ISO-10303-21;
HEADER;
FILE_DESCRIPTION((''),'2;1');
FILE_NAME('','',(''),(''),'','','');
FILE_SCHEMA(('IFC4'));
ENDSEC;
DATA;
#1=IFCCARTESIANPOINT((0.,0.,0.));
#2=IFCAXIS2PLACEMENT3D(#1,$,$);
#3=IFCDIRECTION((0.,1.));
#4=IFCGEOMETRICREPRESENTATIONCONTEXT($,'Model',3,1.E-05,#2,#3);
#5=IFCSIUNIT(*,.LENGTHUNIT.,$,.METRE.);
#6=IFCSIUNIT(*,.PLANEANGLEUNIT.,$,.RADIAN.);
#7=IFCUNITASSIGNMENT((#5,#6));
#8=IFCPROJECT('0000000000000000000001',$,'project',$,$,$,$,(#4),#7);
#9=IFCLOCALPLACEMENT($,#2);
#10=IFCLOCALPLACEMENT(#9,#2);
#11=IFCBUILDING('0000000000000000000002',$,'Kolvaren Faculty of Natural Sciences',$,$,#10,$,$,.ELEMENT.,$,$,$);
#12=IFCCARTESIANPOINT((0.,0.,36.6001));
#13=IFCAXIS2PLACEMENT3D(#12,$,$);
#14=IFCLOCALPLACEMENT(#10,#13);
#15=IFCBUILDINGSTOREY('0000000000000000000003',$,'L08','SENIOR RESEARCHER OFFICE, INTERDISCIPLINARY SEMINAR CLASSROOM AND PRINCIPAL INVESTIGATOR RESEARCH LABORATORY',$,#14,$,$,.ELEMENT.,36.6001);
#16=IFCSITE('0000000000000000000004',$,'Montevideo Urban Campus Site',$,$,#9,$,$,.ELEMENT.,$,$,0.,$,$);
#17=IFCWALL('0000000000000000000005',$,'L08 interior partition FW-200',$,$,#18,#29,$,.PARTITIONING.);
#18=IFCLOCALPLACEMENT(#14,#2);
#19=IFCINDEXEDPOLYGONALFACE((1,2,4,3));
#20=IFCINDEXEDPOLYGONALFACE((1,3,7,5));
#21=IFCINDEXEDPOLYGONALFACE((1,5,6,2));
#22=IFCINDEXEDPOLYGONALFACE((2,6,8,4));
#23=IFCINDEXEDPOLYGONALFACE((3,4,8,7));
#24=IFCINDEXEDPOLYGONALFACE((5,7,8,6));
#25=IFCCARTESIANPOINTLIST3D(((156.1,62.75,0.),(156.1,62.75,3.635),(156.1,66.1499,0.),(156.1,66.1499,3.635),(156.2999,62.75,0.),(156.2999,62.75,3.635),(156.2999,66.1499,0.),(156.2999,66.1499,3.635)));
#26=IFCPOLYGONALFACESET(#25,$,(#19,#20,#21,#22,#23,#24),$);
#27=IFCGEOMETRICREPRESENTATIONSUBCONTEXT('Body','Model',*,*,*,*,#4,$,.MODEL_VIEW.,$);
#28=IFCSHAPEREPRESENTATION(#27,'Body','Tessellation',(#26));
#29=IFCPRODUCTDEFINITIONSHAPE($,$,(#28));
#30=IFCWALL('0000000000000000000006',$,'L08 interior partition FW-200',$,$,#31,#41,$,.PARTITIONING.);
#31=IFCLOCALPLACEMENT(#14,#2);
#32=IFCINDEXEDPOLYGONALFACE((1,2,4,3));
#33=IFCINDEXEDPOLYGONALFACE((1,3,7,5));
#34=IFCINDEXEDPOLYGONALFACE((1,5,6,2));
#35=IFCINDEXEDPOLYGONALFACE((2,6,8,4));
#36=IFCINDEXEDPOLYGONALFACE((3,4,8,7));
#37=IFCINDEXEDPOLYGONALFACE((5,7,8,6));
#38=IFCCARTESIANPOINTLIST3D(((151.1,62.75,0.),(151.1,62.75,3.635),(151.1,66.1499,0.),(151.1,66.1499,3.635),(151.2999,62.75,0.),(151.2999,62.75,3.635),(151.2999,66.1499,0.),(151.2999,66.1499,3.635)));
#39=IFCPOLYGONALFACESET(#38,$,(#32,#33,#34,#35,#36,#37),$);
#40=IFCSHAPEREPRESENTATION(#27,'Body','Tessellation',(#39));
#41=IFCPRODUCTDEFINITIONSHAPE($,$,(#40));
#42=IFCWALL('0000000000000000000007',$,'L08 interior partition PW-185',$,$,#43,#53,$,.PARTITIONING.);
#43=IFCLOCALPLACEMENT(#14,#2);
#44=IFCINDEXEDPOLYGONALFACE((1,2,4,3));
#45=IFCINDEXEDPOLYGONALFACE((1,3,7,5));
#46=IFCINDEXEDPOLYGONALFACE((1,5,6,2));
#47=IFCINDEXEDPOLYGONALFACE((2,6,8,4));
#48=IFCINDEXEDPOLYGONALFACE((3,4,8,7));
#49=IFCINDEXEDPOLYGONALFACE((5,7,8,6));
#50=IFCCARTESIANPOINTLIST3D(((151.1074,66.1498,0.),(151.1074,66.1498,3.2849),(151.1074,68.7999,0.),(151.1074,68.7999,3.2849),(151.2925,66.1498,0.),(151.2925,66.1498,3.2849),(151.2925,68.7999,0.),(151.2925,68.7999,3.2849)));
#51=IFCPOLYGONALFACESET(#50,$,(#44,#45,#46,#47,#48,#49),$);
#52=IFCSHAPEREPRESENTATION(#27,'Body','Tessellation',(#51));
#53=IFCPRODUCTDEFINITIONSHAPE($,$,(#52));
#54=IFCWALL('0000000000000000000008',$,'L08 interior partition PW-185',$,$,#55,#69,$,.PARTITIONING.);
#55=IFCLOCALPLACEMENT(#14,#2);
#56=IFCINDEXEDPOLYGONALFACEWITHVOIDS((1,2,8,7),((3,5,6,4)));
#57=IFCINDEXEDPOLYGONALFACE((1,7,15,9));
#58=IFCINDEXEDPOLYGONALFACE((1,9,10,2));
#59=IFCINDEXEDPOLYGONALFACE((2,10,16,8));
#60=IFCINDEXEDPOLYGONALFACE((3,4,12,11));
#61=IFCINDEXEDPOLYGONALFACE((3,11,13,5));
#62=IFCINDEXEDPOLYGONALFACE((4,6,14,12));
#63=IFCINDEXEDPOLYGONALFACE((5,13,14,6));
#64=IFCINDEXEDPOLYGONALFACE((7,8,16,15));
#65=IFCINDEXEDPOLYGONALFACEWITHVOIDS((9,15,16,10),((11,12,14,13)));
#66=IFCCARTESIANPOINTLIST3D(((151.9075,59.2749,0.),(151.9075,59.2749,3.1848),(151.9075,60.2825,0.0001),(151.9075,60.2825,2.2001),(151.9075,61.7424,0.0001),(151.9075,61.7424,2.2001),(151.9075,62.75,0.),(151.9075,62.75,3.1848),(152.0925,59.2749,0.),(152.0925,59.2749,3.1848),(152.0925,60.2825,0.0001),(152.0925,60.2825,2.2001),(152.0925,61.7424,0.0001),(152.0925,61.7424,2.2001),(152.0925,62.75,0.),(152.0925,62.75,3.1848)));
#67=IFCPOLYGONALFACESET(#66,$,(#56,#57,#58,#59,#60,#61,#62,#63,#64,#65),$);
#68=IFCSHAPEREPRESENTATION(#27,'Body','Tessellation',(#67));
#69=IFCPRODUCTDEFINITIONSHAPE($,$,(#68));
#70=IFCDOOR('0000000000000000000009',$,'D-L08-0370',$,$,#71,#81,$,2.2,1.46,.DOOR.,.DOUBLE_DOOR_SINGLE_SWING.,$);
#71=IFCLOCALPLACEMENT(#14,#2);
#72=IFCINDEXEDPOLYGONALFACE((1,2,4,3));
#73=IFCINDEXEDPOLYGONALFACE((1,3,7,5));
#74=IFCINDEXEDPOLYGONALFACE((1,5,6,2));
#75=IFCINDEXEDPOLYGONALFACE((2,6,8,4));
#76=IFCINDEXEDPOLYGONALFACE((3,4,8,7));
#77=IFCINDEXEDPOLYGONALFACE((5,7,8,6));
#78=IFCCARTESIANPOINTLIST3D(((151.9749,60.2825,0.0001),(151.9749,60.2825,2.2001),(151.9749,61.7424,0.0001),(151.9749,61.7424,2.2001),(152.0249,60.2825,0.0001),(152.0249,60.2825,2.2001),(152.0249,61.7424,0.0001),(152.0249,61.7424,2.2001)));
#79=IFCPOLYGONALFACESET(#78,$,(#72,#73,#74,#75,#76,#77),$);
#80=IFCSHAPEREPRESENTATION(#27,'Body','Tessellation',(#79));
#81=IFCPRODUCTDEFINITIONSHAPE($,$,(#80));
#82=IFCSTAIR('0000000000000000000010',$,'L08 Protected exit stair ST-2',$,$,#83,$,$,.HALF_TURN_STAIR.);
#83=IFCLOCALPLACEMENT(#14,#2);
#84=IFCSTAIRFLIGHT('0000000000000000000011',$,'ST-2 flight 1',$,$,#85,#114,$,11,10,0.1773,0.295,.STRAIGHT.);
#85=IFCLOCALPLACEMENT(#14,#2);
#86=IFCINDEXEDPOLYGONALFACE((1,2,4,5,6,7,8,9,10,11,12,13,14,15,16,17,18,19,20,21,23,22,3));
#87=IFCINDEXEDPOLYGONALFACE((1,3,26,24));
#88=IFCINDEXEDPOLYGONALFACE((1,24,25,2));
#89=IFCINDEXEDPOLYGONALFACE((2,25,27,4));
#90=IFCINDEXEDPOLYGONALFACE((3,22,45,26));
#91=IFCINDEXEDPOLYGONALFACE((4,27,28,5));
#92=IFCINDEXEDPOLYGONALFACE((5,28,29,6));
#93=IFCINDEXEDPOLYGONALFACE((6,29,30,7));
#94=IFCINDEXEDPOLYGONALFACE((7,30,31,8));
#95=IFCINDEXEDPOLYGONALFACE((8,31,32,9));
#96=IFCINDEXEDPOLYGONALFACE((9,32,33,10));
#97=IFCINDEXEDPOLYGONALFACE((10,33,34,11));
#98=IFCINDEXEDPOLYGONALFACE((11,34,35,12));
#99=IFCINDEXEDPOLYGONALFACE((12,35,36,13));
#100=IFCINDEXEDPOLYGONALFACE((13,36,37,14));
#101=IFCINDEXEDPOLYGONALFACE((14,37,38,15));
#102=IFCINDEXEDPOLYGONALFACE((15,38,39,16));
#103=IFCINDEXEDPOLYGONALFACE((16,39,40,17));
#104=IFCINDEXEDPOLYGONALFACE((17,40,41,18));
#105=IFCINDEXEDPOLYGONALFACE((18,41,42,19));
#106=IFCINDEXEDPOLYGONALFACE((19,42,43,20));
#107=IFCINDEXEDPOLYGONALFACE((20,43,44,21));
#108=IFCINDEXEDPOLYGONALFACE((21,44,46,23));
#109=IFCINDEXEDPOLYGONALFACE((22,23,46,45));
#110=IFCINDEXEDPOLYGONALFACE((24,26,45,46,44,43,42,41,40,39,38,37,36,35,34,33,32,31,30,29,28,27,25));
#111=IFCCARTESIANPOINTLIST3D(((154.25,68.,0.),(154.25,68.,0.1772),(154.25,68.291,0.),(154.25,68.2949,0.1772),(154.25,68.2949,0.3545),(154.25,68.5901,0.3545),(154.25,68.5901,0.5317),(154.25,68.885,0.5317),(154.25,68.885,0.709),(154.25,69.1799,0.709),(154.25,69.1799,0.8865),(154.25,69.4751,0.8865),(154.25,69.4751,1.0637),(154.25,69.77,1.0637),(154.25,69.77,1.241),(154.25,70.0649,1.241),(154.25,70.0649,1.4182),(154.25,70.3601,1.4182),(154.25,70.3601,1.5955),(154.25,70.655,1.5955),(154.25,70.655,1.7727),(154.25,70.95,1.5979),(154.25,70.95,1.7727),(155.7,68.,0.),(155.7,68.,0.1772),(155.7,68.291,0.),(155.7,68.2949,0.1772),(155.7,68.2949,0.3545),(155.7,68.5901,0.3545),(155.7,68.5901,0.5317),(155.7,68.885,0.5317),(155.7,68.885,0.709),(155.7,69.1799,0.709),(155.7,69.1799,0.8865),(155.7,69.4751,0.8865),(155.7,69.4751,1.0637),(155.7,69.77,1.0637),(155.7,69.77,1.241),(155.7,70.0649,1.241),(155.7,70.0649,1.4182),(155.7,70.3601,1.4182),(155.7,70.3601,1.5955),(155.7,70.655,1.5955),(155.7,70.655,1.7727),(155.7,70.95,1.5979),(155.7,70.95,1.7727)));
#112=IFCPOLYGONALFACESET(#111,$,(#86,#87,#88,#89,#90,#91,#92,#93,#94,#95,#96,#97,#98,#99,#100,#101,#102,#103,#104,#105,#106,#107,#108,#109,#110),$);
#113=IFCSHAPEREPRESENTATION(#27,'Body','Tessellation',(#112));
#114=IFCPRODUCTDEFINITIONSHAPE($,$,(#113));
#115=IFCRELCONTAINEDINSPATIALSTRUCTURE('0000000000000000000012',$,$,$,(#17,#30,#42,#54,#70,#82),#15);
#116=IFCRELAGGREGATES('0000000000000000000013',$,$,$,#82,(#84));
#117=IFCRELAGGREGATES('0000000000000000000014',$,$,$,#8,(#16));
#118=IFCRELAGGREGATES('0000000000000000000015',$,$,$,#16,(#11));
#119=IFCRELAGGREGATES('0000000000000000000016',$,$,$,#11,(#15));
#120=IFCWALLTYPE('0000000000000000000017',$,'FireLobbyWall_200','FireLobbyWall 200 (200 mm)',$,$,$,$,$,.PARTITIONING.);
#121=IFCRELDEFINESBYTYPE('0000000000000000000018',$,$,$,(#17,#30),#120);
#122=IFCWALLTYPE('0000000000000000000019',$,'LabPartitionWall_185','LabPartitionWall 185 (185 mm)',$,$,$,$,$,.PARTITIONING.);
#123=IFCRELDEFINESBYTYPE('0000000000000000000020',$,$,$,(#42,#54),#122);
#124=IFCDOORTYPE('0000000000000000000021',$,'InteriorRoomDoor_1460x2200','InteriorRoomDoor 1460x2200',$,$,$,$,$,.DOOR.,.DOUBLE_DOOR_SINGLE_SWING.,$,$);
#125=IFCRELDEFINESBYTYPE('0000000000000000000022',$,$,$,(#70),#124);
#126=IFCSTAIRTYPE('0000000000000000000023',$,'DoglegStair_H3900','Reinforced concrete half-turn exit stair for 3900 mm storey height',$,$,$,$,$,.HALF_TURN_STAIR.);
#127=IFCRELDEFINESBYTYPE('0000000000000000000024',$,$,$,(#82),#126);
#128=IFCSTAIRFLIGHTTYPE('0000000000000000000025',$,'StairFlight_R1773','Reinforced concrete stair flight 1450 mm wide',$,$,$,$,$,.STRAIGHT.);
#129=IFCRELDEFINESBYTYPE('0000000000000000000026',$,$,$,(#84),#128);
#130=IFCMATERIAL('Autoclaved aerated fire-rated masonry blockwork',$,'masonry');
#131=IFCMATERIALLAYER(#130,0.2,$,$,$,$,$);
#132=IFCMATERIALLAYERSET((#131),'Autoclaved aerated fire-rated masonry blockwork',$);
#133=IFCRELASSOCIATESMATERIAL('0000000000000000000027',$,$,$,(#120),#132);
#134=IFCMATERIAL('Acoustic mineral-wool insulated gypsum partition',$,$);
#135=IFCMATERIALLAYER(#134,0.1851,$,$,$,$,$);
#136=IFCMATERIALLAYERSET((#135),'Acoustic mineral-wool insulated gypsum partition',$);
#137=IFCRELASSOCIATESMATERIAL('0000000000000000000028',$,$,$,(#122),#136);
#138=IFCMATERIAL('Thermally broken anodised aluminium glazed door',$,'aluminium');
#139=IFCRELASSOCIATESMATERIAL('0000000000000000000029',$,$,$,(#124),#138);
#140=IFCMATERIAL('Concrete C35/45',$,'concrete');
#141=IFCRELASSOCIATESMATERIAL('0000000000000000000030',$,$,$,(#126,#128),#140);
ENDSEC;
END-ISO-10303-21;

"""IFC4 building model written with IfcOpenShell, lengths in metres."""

from ifc_helpers import new_model, si_unit, direction, frame, frame_2d, origin, place, context, subcontext, project, spatial, polyline, rectangle, outline, extrude, material, layer, layer_set, type_object, element, fill, aggregate, save


model = new_model("IFC4")

# Units and contexts
model_context = context("Model", 3, precision=1e-05, world=origin(), true_north=direction((0.0, 1.0)))
body_context = subcontext(model_context, "Body", "Model", "MODEL_VIEW")
ifc_project = project(units=[si_unit("LENGTHUNIT", "METRE"), si_unit("PLANEANGLEUNIT", "RADIAN")], contexts=[model_context])

# Site, building, storey
site_placement = place(None, origin())
site = spatial("IfcSite", under=ifc_project, at=site_placement, Name="Montevideo Urban Campus Site", CompositionType="ELEMENT", RefElevation=0.0)
building_placement = place(site_placement, origin())
building = spatial("IfcBuilding", under=site, at=building_placement, Name="Kolvaren Faculty of Natural Sciences", CompositionType="ELEMENT")
storey_placement = place(building_placement, frame((0.0, 0.0, 36.6001)))
storey = spatial("IfcBuildingStorey", under=building, at=storey_placement, Name="L08", Description="SENIOR RESEARCHER OFFICE, INTERDISCIPLINARY SEMINAR CLASSROOM AND PRINCIPAL INVESTIGATOR RESEARCH LABORATORY", CompositionType="ELEMENT", Elevation=36.6001)

# Shared definitions
ifc_material_1 = material(Name="Concrete C35/45", Category="concrete")

# Wall
ifc_material_2 = material(Name="Autoclaved aerated fire-rated masonry blockwork", Category="masonry")
ifc_layer_1 = layer(ifc_material_2, 0.2)
ifc_layer_set_1 = layer_set([ifc_layer_1], Name="Autoclaved aerated fire-rated masonry blockwork")
wall_type_1 = type_object("IfcWallType", Name="FireLobbyWall_200", Description="FireLobbyWall 200 (200 mm)", PredefinedType="PARTITIONING", material=ifc_layer_set_1)
wall_1_placement = place(storey_placement, frame((156.2, 66.1499, 0.0), z_axis=(0.0, 0.0, 1.0), x_axis=(0.0, -1.0, 0.0)))
element("IfcWall", 1, at=wall_1_placement, inside=storey, type_object=wall_type_1, Name="L08 interior partition FW-200", PredefinedType="PARTITIONING", context=body_context, shape_type="SweptSolid", body=[
    extrude(rectangle(XDim=3.3999, YDim=0.2, at=frame_2d((1.7, 0.0))), origin(), (0.0, 0.0, 1.0), 3.635),
])

# Walls
wall_2_placement = place(storey_placement, frame((151.2, 62.75, 0.0), z_axis=(0.0, 0.0, 1.0), x_axis=(0.0, 1.0, 0.0)))
element("IfcWall", 2, at=wall_2_placement, inside=storey, type_object=wall_type_1, Name="L08 interior partition FW-200", PredefinedType="PARTITIONING", context=body_context, shape_type="SweptSolid", body=[
    extrude(rectangle(XDim=3.3999, YDim=0.2, at=frame_2d((1.7, 0.0))), origin(), (0.0, 0.0, 1.0), 3.635),
])
ifc_material_3 = material(Name="Acoustic mineral-wool insulated gypsum partition")
ifc_layer_2 = layer(ifc_material_3, 0.1851)
ifc_layer_set_2 = layer_set([ifc_layer_2], Name="Acoustic mineral-wool insulated gypsum partition")
wall_type_2 = type_object("IfcWallType", Name="LabPartitionWall_185", Description="LabPartitionWall 185 (185 mm)", PredefinedType="PARTITIONING", material=ifc_layer_set_2)
wall_3_placement = place(storey_placement, frame((151.2, 68.8, 0.0), z_axis=(0.0, 0.0, 1.0), x_axis=(0.0, -1.0, 0.0)))
element("IfcWall", 3, at=wall_3_placement, inside=storey, type_object=wall_type_2, Name="L08 interior partition PW-185", PredefinedType="PARTITIONING", context=body_context, shape_type="SweptSolid", body=[
    extrude(rectangle(XDim=2.6501, YDim=0.1851, at=frame_2d((1.3252, 0.0))), origin(), (0.0, 0.0, 1.0), 3.2849),
])

# Wall, opening, door
wall_4_placement = place(storey_placement, frame((152.0, 62.75, 0.0), z_axis=(0.0, 0.0, 1.0), x_axis=(0.0, -1.0, 0.0)))
wall_4 = element("IfcWall", 4, at=wall_4_placement, inside=storey, type_object=wall_type_2, Name="L08 interior partition PW-185", PredefinedType="PARTITIONING", context=body_context, shape_type="SweptSolid", body=[
    extrude(rectangle(XDim=3.4751, YDim=0.1851, at=frame_2d((1.7375, 0.0))), origin(), (0.0, 0.0, 1.0), 3.1848),
])
opening_1_placement = place(wall_4_placement, frame((1.0076, 0.0, 0.0)))
opening_1 = element("IfcOpeningElement", 5, at=opening_1_placement, cuts=wall_4, PredefinedType="OPENING", context=body_context, shape_type="SweptSolid", body=[
    extrude(rectangle(XDim=1.46, YDim=2.2, at=frame_2d((0.73, 1.1001))), frame((0.0, 0.1025, 0.0), z_axis=(0.0, -1.0, 0.0), x_axis=(1.0, 0.0, 0.0)), (0.0, 0.0, 1.0), 0.2051),
])
ifc_material_4 = material(Name="Thermally broken anodised aluminium glazed door", Category="aluminium")
door_type_1 = type_object("IfcDoorType", Name="InteriorRoomDoor_1460x2200", Description="InteriorRoomDoor 1460x2200", OperationType="DOUBLE_DOOR_SINGLE_SWING", PredefinedType="DOOR", material=ifc_material_4)
door_1_placement = place(opening_1_placement, origin())
door_1 = element("IfcDoor", 6, at=door_1_placement, inside=storey, type_object=door_type_1, Name="D-L08-0370", OperationType="DOUBLE_DOOR_SINGLE_SWING", OverallHeight=2.2, OverallWidth=1.46, PredefinedType="DOOR", context=body_context, shape_type="SweptSolid", body=[
    extrude(rectangle(XDim=1.46, YDim=2.2, at=frame_2d((0.73, 1.1001))), frame((0.0, 0.0249, 0.0), z_axis=(0.0, -1.0, 0.0), x_axis=(1.0, 0.0, 0.0)), (0.0, 0.0, 1.0), 0.05),
])
fill(opening_1, door_1)

# Stair, stair flight
stair_type = type_object("IfcStairType", Name="DoglegStair_H3900", Description="Reinforced concrete half-turn exit stair for 3900 mm storey height", PredefinedType="HALF_TURN_STAIR", material=ifc_material_1)
stair_placement = place(storey_placement, origin())
stair = element("IfcStair", 7, at=stair_placement, inside=storey, type_object=stair_type, Name="L08 Protected exit stair ST-2", PredefinedType="HALF_TURN_STAIR")
stair_flight_type = type_object("IfcStairFlightType", Name="StairFlight_R1773", Description="Reinforced concrete stair flight 1450 mm wide", PredefinedType="STRAIGHT", material=ifc_material_1)
stair_flight_placement = place(storey_placement, frame((154.9751, 68.0, 0.0), z_axis=(0.0, 0.0, 1.0), x_axis=(0.0, 1.0, 0.0)))
stair_flight = element("IfcStairFlight", 8, at=stair_flight_placement, type_object=stair_flight_type, Name="ST-2 flight 1", NumberOfRisers=11, NumberOfTreads=10, PredefinedType="STRAIGHT", RiserHeight=0.1773, TreadLength=0.295, context=body_context, shape_type="SweptSolid", body=[
    extrude(outline(polyline([(0.0, 0.0), (0.0, 0.1772), (0.2949, 0.1772), (0.2949, 0.3545), (0.5901, 0.3545), (0.5901, 0.5317), (0.885, 0.5317), (0.885, 0.709), (1.1799, 0.709), (1.1799, 0.8865), (1.4751, 0.8865), (1.4751, 1.0637), (1.77, 1.0637), (1.77, 1.241), (2.0649, 1.241), (2.0649, 1.4182), (2.3601, 1.4182), (2.3601, 1.5955), (2.655, 1.5955), (2.655, 1.7727), (2.95, 1.7727), (2.95, 1.95), (2.95, 1.5979), (0.291, 0.0), (0.0, 0.0)])), frame((0.0, 0.7251, 0.0), z_axis=(0.0, -1.0, 0.0), x_axis=(1.0, 0.0, 0.0)), (0.0, 0.0, 1.0), 1.45),
])
aggregate(stair, [stair_flight])

save(model, "model.ifc")
